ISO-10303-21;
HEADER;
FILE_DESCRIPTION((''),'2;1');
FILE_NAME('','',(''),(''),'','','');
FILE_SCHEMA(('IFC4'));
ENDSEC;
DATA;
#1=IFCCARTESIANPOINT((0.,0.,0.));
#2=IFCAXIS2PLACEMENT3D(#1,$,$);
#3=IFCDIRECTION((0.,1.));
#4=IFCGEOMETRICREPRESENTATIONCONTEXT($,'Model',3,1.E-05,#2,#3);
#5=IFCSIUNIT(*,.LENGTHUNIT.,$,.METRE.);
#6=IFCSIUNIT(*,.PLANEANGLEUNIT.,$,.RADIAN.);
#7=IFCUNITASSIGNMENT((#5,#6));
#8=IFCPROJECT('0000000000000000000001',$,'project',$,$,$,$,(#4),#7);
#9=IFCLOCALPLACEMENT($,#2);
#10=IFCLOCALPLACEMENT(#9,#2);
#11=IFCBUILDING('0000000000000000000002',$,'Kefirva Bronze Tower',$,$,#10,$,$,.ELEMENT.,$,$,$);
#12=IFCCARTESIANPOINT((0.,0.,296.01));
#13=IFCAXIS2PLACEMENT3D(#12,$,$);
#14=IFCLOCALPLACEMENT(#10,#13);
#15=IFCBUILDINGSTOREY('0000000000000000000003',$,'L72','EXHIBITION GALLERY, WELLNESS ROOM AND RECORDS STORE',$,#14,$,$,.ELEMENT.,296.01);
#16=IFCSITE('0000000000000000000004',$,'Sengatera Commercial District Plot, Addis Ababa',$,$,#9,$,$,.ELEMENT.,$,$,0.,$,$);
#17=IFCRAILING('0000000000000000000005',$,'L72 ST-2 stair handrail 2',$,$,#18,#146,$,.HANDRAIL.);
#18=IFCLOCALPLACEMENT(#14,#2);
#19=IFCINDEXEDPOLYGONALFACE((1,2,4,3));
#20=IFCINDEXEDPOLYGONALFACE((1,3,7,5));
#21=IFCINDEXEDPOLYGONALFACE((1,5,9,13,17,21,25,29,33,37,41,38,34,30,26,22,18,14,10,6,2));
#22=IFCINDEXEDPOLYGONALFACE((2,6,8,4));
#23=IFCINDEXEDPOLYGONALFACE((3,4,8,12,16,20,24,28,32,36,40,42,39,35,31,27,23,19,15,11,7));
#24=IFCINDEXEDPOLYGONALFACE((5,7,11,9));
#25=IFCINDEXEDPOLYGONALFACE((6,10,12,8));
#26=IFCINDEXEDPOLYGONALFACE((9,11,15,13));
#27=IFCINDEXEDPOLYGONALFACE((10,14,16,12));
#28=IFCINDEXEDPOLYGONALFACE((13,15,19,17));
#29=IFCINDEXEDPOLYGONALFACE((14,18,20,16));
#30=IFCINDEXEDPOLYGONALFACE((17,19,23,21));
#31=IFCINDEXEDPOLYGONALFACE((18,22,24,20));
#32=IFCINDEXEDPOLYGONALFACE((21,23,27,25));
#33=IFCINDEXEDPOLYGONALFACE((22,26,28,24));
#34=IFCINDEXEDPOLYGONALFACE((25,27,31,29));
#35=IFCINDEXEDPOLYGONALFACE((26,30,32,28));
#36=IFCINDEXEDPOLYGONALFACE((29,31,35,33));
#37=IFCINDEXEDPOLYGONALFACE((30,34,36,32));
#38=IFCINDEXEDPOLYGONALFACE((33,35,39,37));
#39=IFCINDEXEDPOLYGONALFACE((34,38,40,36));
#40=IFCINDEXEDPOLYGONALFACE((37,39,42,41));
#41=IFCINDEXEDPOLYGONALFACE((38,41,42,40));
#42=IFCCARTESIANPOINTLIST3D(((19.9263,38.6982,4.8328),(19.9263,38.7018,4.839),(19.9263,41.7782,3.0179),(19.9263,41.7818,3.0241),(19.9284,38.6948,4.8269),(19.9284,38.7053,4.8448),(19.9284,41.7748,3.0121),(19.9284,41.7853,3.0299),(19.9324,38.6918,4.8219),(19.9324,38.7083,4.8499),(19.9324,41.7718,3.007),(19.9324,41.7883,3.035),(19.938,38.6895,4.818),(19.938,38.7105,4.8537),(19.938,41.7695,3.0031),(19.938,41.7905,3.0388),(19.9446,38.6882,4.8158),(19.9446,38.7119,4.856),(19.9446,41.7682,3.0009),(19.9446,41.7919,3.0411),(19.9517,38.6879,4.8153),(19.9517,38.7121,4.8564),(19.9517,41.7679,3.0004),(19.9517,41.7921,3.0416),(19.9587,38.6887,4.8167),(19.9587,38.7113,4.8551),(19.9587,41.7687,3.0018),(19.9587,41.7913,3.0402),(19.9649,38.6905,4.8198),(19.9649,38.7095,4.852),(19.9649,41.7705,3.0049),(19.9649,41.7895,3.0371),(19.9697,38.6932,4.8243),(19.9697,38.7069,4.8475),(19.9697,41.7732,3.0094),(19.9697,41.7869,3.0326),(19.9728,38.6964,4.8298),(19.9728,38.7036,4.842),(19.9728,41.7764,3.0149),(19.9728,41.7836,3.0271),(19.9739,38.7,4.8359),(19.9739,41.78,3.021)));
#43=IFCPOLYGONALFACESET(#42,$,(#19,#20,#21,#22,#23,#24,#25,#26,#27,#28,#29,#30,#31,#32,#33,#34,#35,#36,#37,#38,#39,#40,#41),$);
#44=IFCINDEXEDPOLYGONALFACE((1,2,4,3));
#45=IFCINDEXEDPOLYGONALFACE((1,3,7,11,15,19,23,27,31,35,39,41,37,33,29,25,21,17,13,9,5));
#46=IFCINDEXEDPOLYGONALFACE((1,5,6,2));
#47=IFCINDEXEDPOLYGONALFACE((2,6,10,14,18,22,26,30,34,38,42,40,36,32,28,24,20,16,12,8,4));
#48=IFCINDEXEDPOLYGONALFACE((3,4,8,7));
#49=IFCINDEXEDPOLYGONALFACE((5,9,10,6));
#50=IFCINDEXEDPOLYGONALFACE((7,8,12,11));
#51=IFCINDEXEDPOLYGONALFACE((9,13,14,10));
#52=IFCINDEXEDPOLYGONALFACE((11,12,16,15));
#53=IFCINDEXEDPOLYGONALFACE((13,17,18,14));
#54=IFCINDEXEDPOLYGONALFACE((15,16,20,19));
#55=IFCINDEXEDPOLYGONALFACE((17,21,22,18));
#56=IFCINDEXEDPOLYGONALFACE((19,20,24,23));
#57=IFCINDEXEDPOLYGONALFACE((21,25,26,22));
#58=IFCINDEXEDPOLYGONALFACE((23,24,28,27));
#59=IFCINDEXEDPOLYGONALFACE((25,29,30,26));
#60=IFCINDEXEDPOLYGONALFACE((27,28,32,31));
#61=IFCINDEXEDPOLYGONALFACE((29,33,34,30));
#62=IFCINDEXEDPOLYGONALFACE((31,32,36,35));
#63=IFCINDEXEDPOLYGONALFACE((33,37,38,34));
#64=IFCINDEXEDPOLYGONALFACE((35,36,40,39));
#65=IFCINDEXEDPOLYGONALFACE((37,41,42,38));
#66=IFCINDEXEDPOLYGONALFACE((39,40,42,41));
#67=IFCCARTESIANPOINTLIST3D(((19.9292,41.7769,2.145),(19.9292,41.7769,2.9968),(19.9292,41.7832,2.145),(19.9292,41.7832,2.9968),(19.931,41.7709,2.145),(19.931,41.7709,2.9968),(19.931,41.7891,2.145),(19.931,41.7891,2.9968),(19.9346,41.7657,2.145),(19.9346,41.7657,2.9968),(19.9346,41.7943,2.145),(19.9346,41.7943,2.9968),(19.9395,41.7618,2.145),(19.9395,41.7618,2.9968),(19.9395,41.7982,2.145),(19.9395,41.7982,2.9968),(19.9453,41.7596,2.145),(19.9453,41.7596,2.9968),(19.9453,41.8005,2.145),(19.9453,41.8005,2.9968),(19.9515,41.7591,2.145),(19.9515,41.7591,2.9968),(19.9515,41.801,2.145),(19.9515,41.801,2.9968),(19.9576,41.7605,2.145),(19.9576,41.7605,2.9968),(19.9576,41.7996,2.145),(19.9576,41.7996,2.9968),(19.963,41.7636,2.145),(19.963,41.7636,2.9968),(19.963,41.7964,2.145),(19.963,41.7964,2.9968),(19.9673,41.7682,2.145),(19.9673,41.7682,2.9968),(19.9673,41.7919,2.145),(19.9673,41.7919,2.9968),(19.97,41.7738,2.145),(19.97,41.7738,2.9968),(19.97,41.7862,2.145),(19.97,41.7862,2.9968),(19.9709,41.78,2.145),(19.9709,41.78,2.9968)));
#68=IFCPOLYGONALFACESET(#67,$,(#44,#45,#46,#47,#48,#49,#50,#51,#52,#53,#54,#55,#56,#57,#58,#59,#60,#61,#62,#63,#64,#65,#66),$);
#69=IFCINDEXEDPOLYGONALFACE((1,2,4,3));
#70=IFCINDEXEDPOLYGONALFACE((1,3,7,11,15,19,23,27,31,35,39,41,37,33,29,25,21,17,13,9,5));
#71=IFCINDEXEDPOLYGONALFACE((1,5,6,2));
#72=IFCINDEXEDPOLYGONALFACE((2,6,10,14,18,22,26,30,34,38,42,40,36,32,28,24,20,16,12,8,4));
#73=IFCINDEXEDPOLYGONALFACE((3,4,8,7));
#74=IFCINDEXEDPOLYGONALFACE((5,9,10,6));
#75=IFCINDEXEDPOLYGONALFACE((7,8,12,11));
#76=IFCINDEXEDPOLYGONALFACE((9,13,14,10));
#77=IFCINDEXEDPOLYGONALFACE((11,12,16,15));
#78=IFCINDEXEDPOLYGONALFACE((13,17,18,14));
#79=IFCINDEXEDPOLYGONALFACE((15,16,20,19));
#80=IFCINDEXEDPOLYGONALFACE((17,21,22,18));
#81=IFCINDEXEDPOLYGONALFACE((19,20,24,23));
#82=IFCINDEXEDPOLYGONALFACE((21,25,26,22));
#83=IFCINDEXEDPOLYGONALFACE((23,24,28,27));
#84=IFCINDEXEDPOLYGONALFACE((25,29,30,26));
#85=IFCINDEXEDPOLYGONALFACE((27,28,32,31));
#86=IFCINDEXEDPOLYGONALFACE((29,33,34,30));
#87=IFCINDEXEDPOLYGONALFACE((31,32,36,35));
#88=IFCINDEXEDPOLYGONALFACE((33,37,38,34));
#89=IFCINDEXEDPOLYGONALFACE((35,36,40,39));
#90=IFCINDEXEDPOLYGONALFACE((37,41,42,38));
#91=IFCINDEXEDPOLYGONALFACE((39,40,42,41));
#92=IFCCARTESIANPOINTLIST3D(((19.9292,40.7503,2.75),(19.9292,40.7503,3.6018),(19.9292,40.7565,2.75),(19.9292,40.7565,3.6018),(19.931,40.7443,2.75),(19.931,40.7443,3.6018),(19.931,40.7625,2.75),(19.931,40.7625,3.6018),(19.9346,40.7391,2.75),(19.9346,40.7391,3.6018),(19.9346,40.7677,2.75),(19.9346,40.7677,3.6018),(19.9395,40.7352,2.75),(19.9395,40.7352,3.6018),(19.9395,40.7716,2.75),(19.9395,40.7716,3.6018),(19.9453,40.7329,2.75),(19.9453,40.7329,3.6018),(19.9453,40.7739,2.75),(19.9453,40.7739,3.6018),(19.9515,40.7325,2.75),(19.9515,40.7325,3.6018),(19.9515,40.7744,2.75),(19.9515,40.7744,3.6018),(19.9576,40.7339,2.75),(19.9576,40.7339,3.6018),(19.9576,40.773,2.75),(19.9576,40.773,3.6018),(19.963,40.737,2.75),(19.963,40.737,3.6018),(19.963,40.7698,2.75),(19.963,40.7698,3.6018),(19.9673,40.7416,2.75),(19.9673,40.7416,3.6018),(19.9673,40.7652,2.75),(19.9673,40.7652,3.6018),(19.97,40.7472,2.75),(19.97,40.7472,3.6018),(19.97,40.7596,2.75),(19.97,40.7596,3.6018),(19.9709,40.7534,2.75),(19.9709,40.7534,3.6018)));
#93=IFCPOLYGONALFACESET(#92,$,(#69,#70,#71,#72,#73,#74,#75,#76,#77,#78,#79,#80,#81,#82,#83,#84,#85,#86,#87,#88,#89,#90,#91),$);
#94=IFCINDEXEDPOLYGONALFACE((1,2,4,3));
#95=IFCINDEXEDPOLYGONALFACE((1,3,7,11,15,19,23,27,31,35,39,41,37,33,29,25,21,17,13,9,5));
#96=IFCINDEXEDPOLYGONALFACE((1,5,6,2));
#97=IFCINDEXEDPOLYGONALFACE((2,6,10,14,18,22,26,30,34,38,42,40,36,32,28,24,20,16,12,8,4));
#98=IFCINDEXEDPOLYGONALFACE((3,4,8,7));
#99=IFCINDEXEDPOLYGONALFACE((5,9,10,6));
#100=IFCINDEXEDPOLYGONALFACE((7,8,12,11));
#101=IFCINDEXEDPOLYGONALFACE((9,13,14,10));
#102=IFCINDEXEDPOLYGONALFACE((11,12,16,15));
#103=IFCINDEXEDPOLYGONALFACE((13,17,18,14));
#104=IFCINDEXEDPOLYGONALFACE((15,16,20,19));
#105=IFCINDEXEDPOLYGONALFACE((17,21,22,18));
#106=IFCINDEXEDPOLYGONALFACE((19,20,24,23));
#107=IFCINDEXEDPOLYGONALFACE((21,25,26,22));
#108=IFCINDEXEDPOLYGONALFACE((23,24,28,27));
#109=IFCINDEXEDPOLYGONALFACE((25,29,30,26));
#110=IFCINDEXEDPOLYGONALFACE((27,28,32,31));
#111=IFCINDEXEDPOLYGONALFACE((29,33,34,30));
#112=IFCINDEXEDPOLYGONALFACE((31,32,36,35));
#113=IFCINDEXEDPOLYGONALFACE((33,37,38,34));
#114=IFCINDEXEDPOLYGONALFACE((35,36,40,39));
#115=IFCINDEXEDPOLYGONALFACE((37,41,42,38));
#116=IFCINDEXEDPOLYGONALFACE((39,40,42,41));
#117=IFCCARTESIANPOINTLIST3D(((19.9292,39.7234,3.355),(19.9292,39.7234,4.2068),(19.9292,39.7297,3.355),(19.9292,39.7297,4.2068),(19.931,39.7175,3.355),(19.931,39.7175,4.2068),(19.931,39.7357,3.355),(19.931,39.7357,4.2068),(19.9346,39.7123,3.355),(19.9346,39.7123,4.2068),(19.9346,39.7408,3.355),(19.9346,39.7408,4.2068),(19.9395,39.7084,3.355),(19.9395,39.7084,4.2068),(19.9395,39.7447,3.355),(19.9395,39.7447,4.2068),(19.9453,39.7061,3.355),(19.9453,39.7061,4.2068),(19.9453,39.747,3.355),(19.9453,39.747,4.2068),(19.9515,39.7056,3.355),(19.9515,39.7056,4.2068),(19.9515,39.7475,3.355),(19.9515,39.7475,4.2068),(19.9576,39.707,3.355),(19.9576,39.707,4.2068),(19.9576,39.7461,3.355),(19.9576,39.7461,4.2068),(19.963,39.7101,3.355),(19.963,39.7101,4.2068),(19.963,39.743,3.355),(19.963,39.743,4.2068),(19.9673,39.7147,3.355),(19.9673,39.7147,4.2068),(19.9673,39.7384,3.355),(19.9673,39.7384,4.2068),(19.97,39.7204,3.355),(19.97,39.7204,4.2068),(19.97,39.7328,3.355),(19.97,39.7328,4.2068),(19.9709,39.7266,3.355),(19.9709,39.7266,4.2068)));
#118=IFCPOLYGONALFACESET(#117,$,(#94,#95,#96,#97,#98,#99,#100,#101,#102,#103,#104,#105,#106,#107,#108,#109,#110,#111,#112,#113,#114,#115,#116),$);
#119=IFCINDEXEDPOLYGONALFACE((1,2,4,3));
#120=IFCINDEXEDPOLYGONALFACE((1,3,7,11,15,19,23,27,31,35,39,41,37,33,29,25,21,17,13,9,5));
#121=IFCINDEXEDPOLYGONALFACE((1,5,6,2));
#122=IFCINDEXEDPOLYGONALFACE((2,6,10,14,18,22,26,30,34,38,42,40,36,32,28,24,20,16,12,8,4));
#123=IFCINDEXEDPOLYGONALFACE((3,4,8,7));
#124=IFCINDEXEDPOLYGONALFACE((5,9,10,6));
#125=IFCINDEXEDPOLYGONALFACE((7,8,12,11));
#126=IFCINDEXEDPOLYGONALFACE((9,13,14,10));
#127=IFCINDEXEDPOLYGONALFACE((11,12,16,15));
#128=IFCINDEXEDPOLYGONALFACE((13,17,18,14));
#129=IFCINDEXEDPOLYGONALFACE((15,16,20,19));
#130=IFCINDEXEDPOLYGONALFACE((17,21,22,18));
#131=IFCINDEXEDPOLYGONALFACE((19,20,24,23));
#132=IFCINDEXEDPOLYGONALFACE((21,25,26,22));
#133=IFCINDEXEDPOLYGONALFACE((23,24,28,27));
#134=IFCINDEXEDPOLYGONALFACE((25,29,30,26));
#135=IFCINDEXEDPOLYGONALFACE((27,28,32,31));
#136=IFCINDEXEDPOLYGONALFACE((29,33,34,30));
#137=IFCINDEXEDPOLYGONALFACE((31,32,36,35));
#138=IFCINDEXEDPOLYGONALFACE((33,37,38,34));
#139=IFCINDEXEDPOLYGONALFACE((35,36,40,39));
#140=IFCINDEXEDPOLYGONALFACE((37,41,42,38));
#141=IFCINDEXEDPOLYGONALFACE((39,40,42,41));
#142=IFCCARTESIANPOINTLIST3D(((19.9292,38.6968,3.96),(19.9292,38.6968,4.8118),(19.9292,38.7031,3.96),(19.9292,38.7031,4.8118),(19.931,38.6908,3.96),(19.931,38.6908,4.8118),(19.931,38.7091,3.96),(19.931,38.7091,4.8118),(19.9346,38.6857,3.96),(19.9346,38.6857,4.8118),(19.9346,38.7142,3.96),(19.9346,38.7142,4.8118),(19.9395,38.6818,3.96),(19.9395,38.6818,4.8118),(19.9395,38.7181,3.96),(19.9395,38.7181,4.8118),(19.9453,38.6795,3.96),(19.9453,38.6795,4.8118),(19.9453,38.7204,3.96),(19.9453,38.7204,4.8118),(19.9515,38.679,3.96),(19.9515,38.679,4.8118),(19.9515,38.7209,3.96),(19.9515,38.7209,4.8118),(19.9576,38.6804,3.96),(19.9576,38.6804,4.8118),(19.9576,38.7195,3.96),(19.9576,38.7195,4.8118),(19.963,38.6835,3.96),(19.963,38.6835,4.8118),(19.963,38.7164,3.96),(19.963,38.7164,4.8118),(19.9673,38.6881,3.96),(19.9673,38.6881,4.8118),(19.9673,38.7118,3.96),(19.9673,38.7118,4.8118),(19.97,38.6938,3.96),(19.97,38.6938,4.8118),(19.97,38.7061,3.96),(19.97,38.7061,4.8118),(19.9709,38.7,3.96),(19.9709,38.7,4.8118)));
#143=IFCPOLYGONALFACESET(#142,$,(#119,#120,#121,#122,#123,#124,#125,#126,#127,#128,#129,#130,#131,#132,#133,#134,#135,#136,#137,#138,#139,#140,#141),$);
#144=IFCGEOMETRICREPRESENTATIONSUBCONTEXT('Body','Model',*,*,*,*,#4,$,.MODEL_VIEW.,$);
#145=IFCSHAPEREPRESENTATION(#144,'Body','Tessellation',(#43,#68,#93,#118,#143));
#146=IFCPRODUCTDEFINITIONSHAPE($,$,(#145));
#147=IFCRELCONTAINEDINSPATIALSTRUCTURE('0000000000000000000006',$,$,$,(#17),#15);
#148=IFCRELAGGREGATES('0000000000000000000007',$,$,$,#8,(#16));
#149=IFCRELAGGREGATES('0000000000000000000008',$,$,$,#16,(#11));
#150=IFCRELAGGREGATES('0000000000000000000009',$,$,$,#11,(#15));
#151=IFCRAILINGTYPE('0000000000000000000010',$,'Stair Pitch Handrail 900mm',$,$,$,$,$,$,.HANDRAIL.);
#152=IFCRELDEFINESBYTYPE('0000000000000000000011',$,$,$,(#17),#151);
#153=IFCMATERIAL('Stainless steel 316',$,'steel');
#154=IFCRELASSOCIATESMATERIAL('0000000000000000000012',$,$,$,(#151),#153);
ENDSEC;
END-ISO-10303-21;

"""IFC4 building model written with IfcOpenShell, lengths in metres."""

from ifc_helpers import new_model, si_unit, direction, frame, origin, origin_2d, place, context, subcontext, project, spatial, circle, extrude, material, type_object, element, save


model = new_model("IFC4")

# Units and contexts
model_context = context("Model", 3, precision=1e-05, world=origin(), true_north=direction((0.0, 1.0)))
body_context = subcontext(model_context, "Body", "Model", "MODEL_VIEW")
ifc_project = project(units=[si_unit("LENGTHUNIT", "METRE"), si_unit("PLANEANGLEUNIT", "RADIAN")], contexts=[model_context])

# Site, building, storey
site_placement = place(None, origin())
site = spatial("IfcSite", under=ifc_project, at=site_placement, Name="Sengatera Commercial District Plot, Addis Ababa", CompositionType="ELEMENT", RefElevation=0.0)
building_placement = place(site_placement, origin())
building = spatial("IfcBuilding", under=site, at=building_placement, Name="Kefirva Bronze Tower", CompositionType="ELEMENT")
storey_placement = place(building_placement, frame((0.0, 0.0, 296.01)))
storey = spatial("IfcBuildingStorey", under=building, at=storey_placement, Name="L72", Description="EXHIBITION GALLERY, WELLNESS ROOM AND RECORDS STORE", CompositionType="ELEMENT", Elevation=296.01)

# Shared definitions
ifc_material_1 = material(Name="Stainless steel 316", Category="steel")

# Railing
railing_type_1 = type_object("IfcRailingType", Name="Stair Pitch Handrail 900mm", PredefinedType="HANDRAIL", material=ifc_material_1)
railing_1_placement = place(storey_placement, frame((19.95, 41.78, 2.145)))
element("IfcRailing", 1, at=railing_1_placement, inside=storey, type_object=railing_type_1, Name="L72 ST-2 stair handrail 2", PredefinedType="HANDRAIL", context=body_context, shape_type="SweptSolid", body=[
    extrude(circle(Radius=0.0239, at=origin_2d()), frame((0.0, 0.0, 0.876), z_axis=(0.0, -0.861551, 0.507671), x_axis=(1.0, 0.0, 0.0)), (0.0, 0.0, 1.0), 3.575),
    extrude(circle(Radius=0.021, at=origin_2d()), origin(), (0.0, 0.0, 1.0), 0.8518),
    extrude(circle(Radius=0.021, at=origin_2d()), frame((0.0, -1.0266, 0.605)), (0.0, 0.0, 1.0), 0.8518),
    extrude(circle(Radius=0.021, at=origin_2d()), frame((0.0, -2.0535, 1.21)), (0.0, 0.0, 1.0), 0.8518),
    extrude(circle(Radius=0.021, at=origin_2d()), frame((0.0, -3.0801, 1.8149)), (0.0, 0.0, 1.0), 0.8518),
])

save(model, "model.ifc")
